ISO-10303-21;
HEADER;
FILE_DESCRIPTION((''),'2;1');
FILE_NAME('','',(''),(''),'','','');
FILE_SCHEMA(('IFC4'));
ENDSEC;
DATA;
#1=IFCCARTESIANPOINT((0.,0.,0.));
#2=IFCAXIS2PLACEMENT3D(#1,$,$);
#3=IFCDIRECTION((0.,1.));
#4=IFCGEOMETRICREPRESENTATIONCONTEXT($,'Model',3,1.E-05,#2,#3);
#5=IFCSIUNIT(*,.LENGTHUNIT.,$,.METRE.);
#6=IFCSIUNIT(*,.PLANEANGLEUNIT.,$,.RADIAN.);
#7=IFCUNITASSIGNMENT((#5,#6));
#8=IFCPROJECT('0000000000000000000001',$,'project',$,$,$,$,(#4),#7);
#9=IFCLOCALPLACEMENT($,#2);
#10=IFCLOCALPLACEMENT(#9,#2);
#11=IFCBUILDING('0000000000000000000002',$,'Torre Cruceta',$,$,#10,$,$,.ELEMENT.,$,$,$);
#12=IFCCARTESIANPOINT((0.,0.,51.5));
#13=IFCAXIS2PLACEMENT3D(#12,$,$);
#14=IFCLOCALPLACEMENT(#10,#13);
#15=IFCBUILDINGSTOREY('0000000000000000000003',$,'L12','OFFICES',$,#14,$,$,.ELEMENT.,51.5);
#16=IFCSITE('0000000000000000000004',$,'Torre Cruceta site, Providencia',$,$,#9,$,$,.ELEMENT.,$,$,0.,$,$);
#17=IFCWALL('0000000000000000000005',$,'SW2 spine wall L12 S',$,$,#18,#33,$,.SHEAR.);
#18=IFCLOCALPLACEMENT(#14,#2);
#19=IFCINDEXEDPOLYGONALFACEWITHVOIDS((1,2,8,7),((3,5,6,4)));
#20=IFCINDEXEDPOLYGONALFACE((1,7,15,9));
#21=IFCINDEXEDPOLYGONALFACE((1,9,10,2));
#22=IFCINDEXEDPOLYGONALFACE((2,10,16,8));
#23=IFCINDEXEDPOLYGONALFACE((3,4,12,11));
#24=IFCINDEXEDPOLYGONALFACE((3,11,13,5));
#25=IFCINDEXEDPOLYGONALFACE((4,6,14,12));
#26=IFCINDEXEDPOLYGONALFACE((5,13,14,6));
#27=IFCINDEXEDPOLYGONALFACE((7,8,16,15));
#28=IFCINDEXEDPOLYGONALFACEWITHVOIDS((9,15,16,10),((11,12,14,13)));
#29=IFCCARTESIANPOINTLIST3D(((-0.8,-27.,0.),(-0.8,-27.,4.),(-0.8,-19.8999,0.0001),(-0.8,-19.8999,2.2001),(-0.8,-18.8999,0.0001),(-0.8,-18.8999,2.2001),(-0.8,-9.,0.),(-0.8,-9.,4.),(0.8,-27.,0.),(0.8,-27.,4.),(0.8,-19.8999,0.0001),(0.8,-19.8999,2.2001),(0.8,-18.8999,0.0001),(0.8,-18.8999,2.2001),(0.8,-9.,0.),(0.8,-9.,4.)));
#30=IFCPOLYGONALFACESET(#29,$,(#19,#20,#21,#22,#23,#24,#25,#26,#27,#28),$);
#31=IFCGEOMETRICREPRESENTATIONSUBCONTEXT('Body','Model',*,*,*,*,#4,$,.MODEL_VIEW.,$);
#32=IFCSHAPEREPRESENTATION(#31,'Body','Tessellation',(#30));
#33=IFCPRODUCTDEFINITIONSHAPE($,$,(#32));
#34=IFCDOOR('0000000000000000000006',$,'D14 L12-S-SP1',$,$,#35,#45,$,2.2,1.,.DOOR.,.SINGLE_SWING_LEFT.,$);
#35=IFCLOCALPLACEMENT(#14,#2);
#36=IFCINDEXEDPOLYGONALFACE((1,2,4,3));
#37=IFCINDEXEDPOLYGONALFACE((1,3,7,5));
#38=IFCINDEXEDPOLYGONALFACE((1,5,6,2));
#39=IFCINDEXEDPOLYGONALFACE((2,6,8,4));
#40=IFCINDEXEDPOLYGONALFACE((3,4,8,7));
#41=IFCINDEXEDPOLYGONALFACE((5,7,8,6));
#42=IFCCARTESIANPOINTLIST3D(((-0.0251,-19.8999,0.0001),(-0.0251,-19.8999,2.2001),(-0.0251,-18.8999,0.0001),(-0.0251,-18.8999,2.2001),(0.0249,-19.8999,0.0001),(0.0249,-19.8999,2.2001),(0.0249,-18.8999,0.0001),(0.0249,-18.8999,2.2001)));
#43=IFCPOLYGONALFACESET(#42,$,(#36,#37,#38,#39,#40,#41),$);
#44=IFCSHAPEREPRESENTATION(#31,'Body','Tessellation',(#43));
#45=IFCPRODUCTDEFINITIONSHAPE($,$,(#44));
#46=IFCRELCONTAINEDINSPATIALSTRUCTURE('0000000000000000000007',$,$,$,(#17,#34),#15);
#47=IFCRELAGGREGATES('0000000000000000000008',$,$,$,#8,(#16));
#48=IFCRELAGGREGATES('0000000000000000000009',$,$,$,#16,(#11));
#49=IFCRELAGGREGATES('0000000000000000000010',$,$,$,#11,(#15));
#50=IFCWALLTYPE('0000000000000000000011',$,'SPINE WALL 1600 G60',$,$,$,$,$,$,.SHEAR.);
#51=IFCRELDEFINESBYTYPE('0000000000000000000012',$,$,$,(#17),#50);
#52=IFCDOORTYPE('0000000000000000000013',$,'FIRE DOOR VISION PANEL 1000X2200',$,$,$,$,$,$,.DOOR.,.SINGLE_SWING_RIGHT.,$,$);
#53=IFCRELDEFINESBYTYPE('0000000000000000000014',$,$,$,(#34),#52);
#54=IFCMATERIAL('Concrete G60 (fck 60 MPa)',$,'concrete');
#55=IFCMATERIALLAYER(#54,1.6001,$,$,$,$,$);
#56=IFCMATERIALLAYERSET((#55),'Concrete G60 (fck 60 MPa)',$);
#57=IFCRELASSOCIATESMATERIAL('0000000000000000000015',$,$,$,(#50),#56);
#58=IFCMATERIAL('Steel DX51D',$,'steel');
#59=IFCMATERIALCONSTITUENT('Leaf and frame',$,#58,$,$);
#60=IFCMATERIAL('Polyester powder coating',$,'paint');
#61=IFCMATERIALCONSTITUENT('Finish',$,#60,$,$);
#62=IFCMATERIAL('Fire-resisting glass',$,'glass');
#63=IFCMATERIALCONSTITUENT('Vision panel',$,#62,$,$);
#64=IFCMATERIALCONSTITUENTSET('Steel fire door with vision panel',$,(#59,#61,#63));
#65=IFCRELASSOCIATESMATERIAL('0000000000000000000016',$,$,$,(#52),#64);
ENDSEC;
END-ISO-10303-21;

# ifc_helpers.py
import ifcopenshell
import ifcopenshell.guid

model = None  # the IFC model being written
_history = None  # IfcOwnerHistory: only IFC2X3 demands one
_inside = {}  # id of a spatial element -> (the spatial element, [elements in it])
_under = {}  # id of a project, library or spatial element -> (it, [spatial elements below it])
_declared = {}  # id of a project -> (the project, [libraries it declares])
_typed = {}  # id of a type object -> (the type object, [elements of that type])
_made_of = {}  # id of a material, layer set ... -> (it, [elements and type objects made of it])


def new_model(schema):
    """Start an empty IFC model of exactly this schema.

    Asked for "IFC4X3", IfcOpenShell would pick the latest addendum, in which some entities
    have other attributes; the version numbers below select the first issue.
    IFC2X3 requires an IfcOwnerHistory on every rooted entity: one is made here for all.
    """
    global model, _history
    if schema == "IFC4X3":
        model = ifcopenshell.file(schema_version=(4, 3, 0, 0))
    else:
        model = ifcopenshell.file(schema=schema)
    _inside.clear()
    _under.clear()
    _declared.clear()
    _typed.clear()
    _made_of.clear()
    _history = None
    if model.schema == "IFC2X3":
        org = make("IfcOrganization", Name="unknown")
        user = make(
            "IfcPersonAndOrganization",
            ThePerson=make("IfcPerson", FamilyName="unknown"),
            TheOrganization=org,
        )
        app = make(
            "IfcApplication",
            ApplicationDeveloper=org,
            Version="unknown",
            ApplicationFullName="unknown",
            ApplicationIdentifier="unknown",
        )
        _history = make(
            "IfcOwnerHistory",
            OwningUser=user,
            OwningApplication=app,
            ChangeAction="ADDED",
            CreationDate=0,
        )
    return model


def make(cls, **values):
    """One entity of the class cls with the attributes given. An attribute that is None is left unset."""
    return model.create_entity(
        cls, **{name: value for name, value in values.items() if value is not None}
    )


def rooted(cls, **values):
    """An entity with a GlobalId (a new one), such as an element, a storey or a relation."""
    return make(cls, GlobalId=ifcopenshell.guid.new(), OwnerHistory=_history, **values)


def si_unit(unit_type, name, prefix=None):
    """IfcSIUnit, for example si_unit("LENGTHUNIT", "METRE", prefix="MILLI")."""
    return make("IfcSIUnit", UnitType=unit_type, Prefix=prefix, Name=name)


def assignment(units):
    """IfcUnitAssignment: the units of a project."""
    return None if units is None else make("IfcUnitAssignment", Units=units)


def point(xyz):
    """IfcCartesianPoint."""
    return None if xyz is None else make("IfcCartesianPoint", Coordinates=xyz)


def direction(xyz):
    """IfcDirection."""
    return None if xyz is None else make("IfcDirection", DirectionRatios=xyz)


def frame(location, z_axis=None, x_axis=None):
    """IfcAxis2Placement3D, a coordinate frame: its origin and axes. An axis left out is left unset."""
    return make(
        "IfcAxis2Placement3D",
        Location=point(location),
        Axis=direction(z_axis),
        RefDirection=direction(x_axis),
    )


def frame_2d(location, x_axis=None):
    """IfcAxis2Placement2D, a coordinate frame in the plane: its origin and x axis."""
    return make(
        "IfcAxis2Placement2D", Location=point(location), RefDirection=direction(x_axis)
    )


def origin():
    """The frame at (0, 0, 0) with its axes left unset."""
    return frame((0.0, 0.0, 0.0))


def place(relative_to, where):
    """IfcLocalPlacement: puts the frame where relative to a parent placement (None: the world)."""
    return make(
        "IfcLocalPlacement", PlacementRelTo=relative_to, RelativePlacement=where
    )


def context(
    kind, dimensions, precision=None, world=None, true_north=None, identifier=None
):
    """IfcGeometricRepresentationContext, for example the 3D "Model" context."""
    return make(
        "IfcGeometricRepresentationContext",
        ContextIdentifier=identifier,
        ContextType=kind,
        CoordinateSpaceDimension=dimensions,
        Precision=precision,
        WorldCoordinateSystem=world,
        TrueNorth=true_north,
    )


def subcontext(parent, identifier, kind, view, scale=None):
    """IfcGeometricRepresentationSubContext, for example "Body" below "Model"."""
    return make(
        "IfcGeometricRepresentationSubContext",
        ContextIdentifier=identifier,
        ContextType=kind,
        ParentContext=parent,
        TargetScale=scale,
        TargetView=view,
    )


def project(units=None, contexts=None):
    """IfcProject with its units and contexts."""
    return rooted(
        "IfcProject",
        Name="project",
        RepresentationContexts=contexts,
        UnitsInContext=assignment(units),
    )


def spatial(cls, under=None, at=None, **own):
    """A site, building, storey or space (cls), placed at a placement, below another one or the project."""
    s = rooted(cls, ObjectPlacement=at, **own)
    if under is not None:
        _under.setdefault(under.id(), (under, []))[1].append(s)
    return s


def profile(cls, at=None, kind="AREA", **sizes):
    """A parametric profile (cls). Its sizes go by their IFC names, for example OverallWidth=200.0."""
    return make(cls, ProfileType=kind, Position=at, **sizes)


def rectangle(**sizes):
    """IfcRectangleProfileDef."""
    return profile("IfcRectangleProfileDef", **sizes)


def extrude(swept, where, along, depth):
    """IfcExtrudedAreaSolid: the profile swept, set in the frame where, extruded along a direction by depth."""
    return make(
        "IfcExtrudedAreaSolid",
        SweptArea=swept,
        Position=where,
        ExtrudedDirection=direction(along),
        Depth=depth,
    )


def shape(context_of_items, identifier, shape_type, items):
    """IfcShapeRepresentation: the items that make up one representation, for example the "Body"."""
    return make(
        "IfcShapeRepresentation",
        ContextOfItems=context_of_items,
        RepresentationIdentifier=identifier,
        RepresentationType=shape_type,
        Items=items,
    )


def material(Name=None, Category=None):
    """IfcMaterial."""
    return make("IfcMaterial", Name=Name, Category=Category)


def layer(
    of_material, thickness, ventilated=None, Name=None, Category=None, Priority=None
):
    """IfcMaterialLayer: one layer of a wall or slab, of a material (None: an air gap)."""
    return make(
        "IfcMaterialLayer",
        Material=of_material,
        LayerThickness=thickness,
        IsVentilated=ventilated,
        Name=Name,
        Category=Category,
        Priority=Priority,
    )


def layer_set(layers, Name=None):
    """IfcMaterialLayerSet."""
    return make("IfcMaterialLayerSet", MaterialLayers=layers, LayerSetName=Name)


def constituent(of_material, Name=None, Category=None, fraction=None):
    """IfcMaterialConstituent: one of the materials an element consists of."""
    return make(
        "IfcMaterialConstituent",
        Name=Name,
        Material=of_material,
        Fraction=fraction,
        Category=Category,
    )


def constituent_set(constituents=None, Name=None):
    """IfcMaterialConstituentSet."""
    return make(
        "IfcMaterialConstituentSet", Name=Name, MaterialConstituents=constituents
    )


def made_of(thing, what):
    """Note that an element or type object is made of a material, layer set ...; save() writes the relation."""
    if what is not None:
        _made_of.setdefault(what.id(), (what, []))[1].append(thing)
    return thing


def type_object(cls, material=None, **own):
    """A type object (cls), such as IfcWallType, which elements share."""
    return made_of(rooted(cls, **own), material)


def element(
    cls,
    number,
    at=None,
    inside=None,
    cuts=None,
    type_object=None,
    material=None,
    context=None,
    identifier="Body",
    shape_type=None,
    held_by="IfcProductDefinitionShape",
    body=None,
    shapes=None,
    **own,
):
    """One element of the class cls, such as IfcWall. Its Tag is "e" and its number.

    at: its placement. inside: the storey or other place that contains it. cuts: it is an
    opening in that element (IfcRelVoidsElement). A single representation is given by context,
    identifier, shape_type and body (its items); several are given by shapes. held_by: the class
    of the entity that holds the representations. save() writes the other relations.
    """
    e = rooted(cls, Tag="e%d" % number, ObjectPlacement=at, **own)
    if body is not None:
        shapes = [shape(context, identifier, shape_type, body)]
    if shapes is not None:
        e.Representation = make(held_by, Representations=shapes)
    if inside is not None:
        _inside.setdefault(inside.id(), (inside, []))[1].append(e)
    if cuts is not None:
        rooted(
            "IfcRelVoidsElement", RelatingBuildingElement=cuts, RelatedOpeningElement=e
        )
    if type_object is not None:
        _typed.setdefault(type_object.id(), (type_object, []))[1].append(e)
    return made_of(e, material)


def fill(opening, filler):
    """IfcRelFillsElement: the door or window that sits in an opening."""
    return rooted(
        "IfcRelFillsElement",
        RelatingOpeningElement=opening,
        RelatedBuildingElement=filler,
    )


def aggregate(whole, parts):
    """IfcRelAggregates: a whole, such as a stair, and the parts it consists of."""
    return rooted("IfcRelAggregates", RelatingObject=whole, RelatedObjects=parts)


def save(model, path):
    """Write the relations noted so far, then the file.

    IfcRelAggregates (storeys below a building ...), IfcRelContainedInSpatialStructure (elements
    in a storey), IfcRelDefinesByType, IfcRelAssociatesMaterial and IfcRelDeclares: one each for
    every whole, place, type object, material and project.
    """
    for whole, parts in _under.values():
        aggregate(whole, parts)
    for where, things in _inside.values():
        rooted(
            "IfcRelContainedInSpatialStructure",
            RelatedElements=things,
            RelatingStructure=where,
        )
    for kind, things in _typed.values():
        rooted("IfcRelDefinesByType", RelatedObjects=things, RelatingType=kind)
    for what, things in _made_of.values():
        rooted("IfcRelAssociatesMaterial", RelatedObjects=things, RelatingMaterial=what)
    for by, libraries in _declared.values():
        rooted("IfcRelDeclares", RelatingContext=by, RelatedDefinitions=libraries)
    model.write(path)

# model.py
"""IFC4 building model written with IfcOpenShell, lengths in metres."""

from ifc_helpers import new_model, si_unit, direction, frame, frame_2d, origin, place, context, subcontext, project, spatial, rectangle, extrude, material, layer, layer_set, constituent, constituent_set, type_object, element, fill, save


model = new_model("IFC4")

# Units and contexts
model_context = context("Model", 3, precision=1e-05, world=origin(), true_north=direction((0.0, 1.0)))
body_context = subcontext(model_context, "Body", "Model", "MODEL_VIEW")
ifc_project = project(units=[si_unit("LENGTHUNIT", "METRE"), si_unit("PLANEANGLEUNIT", "RADIAN")], contexts=[model_context])

# Site, building, storey
site_placement = place(None, origin())
site = spatial("IfcSite", under=ifc_project, at=site_placement, Name="Torre Cruceta site, Providencia", CompositionType="ELEMENT", RefElevation=0.0)
building_placement = place(site_placement, origin())
building = spatial("IfcBuilding", under=site, at=building_placement, Name="Torre Cruceta", CompositionType="ELEMENT")
storey_placement = place(building_placement, frame((0.0, 0.0, 51.5)))
storey = spatial("IfcBuildingStorey", under=building, at=storey_placement, Name="L12", Description="OFFICES", CompositionType="ELEMENT", Elevation=51.5)

# Wall, opening, door
ifc_material_1 = material(Name="Concrete G60 (fck 60 MPa)", Category="concrete")
ifc_layer_1 = layer(ifc_material_1, 1.6001)
ifc_layer_set_1 = layer_set([ifc_layer_1], Name="Concrete G60 (fck 60 MPa)")
wall_type_1 = type_object("IfcWallType", Name="SPINE WALL 1600 G60", PredefinedType="SHEAR", material=ifc_layer_set_1)
wall_1_placement = place(storey_placement, frame((0.0, -9.0, 0.0), z_axis=(0.0, 0.0, 1.0), x_axis=(0.0, -1.0, 0.0)))
wall_1 = element("IfcWall", 1, at=wall_1_placement, inside=storey, type_object=wall_type_1, Name="SW2 spine wall L12 S", PredefinedType="SHEAR", context=body_context, shape_type="SweptSolid", body=[
    extrude(rectangle(XDim=18.0, YDim=1.6001, at=frame_2d((9.0, 0.0))), origin(), (0.0, 0.0, 1.0), 4.0),
])
opening_1_placement = place(wall_1_placement, frame((9.8999, 0.0, 0.0)))
opening_1 = element("IfcOpeningElement", 2, at=opening_1_placement, cuts=wall_1, PredefinedType="OPENING", context=body_context, shape_type="SweptSolid", body=[
    extrude(rectangle(XDim=1.0, YDim=2.2, at=frame_2d((0.5, 1.1001))), frame((0.0, 0.8101, 0.0), z_axis=(0.0, -1.0, 0.0), x_axis=(1.0, 0.0, 0.0)), (0.0, 0.0, 1.0), 1.6201),
])
ifc_material_2 = material(Name="Steel DX51D", Category="steel")
ifc_constituent_1 = constituent(ifc_material_2, Name="Leaf and frame")
ifc_material_3 = material(Name="Polyester powder coating", Category="paint")
ifc_constituent_2 = constituent(ifc_material_3, Name="Finish")
ifc_material_4 = material(Name="Fire-resisting glass", Category="glass")
ifc_constituent_3 = constituent(ifc_material_4, Name="Vision panel")
ifc_constituent_set_1 = constituent_set(constituents=[ifc_constituent_1, ifc_constituent_2, ifc_constituent_3], Name="Steel fire door with vision panel")
door_type_1 = type_object("IfcDoorType", Name="FIRE DOOR VISION PANEL 1000X2200", OperationType="SINGLE_SWING_RIGHT", PredefinedType="DOOR", material=ifc_constituent_set_1)
door_1_placement = place(opening_1_placement, frame((1.0, 0.0, 0.0), z_axis=(0.0, 0.0, 1.0), x_axis=(-1.0, 0.0, 0.0)))
door_1 = element("IfcDoor", 3, at=door_1_placement, inside=storey, type_object=door_type_1, Name="D14 L12-S-SP1", OperationType="SINGLE_SWING_LEFT", OverallHeight=2.2, OverallWidth=1.0, PredefinedType="DOOR", context=body_context, shape_type="SweptSolid", body=[
    extrude(rectangle(XDim=1.0, YDim=2.2, at=frame_2d((0.5, 1.1001))), frame((0.0, 0.0251, 0.0), z_axis=(0.0, -1.0, 0.0), x_axis=(1.0, 0.0, 0.0)), (0.0, 0.0, 1.0), 0.05),
])
fill(opening_1, door_1)

save(model, "model.ifc")
